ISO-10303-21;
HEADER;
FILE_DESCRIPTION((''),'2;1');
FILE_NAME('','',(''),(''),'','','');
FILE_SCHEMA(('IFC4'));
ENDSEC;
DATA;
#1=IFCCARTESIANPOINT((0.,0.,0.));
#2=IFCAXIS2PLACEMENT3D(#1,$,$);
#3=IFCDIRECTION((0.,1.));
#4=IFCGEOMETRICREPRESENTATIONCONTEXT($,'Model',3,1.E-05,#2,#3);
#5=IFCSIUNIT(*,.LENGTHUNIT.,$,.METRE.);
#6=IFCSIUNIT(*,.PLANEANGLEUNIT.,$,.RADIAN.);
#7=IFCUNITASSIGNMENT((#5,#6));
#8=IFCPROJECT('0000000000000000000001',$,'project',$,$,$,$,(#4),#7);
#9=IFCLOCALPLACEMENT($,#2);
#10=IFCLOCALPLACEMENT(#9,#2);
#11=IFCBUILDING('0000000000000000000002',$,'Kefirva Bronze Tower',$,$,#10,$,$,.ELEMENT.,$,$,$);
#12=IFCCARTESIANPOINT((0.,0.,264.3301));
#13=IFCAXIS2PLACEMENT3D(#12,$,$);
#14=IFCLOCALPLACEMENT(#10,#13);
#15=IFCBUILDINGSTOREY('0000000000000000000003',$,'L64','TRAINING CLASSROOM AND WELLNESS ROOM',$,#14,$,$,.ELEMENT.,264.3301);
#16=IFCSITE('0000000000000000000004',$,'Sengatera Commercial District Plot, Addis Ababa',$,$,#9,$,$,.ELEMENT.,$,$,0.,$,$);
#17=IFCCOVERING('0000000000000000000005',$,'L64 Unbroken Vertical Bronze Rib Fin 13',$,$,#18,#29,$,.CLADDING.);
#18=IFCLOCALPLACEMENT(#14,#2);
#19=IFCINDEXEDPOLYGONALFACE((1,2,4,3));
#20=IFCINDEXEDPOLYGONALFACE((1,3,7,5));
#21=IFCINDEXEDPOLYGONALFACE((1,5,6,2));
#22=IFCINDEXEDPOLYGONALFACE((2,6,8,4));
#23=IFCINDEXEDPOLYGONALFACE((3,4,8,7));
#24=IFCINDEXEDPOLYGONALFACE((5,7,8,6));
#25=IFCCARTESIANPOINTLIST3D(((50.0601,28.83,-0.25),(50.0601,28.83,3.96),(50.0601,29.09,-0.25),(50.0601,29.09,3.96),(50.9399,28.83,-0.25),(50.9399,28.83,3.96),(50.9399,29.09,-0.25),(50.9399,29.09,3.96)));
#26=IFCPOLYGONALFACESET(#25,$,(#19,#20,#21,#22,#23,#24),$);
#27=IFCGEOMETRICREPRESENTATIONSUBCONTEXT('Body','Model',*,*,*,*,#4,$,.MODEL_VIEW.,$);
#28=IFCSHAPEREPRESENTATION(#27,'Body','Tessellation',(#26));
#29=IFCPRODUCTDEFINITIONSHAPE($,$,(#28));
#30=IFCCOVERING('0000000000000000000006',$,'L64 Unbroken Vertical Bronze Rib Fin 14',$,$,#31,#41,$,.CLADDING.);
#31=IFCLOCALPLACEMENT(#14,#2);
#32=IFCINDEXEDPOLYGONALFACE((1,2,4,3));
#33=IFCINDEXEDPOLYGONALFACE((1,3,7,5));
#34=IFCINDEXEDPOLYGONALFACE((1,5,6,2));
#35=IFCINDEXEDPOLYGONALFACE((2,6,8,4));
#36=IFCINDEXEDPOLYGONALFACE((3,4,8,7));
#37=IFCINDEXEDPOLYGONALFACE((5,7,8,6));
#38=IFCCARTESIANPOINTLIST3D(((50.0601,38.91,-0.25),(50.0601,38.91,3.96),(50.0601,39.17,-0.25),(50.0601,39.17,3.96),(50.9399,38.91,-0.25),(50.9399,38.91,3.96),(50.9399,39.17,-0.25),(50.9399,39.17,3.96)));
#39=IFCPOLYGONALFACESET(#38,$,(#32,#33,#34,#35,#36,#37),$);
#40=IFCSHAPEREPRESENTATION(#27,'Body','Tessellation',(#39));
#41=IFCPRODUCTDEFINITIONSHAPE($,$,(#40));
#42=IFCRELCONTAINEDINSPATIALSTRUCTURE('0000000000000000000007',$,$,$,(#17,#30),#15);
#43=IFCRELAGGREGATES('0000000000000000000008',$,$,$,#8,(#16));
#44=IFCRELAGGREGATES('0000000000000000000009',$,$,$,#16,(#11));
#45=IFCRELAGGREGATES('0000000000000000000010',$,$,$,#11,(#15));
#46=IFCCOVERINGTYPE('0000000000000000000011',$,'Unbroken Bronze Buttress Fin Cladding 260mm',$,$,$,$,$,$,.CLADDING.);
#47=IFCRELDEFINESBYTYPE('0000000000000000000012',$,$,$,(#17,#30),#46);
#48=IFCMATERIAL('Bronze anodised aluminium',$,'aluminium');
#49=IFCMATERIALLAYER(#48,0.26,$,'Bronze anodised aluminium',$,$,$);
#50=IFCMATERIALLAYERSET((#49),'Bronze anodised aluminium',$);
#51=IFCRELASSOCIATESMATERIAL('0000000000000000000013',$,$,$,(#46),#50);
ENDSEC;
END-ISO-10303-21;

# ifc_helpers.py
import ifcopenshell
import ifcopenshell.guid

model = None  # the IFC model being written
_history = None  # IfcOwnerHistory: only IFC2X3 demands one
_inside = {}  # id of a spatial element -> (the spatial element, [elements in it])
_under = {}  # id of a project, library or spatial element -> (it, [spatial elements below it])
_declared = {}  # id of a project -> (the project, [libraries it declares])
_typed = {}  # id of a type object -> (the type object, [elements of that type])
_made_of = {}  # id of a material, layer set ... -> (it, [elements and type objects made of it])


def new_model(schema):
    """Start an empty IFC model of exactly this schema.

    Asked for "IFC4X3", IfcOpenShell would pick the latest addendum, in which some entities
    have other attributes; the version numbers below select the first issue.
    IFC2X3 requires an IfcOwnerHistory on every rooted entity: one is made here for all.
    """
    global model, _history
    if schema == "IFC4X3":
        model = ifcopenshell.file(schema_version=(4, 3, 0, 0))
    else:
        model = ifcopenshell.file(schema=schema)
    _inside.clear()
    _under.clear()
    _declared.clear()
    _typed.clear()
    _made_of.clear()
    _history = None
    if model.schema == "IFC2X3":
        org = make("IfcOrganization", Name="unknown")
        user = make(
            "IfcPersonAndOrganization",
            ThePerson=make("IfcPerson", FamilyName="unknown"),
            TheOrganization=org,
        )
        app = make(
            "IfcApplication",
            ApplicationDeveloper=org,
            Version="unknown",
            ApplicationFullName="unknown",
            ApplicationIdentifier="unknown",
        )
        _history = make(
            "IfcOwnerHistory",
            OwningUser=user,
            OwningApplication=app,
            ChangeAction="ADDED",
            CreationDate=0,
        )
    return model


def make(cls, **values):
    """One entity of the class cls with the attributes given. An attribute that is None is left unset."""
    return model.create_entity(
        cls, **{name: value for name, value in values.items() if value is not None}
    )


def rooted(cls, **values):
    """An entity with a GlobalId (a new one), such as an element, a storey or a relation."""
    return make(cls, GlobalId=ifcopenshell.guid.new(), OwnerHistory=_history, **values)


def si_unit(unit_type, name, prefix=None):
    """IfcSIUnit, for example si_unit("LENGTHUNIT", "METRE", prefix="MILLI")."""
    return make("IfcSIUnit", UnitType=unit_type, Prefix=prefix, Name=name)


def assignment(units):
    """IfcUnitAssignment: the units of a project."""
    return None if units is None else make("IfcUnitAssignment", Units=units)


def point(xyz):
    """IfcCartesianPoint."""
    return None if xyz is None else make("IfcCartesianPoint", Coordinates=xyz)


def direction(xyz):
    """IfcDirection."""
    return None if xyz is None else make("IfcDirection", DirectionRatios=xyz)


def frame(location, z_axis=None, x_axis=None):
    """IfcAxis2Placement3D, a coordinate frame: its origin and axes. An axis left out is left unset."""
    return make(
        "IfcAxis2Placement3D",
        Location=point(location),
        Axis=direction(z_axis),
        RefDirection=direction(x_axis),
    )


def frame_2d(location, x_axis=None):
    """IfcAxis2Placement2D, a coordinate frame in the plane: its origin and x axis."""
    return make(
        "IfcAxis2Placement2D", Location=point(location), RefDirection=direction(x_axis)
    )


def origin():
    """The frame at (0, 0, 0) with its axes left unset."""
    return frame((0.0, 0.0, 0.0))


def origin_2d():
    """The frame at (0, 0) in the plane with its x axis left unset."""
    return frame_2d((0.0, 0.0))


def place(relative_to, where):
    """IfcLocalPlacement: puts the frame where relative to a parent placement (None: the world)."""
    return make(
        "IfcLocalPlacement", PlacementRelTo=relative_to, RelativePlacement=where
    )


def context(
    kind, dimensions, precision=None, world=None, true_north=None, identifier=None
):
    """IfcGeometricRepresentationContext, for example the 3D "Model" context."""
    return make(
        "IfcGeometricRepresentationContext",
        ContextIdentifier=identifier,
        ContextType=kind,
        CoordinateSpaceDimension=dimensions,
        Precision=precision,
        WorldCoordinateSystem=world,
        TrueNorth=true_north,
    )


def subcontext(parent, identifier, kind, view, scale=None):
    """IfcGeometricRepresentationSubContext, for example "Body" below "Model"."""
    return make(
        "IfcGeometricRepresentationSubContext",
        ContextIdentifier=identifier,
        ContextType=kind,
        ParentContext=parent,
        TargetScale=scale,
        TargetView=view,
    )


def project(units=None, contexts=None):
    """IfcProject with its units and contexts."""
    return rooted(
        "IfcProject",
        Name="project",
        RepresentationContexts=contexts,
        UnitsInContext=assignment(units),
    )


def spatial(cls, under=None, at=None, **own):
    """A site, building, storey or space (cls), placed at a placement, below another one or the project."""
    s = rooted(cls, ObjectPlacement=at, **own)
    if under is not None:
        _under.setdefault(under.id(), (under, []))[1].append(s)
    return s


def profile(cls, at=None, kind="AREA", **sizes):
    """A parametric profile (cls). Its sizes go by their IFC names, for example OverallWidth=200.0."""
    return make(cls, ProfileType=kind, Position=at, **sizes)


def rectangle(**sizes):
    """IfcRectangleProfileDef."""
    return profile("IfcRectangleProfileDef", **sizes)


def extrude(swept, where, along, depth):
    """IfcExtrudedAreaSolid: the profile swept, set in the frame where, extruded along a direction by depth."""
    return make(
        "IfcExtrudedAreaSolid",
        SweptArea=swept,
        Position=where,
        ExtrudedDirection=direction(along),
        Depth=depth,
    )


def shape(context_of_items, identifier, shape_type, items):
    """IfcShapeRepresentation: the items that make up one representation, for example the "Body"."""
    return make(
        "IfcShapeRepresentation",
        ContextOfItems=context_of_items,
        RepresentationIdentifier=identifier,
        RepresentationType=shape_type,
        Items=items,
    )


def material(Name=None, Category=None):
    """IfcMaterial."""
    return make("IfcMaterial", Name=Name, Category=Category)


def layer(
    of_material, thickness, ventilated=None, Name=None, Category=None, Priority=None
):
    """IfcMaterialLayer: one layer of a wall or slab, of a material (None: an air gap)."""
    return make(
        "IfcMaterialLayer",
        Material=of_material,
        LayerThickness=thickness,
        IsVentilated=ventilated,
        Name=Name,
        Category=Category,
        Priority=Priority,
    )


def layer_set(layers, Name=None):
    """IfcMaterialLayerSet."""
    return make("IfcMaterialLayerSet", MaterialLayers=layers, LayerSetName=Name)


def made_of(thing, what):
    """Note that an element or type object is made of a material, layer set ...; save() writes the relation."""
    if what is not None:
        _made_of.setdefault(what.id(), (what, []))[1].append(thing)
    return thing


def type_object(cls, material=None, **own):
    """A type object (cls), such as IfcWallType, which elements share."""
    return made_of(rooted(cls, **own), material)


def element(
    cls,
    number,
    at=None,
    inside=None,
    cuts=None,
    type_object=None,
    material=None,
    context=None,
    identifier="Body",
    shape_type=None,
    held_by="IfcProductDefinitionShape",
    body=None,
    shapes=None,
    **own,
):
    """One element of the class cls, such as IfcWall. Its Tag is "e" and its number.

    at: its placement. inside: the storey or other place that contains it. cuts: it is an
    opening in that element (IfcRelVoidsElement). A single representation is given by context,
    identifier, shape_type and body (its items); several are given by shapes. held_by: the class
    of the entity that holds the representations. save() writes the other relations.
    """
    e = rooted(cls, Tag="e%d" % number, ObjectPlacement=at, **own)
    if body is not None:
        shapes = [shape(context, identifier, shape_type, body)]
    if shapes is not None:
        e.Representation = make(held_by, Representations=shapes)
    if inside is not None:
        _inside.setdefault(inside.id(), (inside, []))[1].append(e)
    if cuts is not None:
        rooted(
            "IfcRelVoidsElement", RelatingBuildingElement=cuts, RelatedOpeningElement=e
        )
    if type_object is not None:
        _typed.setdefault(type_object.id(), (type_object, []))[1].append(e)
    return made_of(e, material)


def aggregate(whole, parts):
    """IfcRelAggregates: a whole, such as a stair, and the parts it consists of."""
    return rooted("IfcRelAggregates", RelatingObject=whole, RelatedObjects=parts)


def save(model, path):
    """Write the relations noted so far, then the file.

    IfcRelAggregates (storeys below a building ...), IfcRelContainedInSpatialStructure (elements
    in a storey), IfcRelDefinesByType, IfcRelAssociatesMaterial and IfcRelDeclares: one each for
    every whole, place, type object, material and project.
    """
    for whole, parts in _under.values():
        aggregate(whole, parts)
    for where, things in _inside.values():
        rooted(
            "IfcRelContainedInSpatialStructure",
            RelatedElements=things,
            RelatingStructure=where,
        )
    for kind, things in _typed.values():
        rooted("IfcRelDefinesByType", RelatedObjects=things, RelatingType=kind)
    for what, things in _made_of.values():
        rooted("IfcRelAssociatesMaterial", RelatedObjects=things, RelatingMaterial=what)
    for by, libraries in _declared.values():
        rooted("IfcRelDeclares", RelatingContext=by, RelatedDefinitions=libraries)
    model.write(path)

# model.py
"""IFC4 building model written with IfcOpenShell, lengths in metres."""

from ifc_helpers import new_model, si_unit, direction, frame, origin, origin_2d, place, context, subcontext, project, spatial, rectangle, extrude, material, layer, layer_set, type_object, element, save


model = new_model("IFC4")

# Units and contexts
model_context = context("Model", 3, precision=1e-05, world=origin(), true_north=direction((0.0, 1.0)))
body_context = subcontext(model_context, "Body", "Model", "MODEL_VIEW")
ifc_project = project(units=[si_unit("LENGTHUNIT", "METRE"), si_unit("PLANEANGLEUNIT", "RADIAN")], contexts=[model_context])

# Site, building, storey
site_placement = place(None, origin())
site = spatial("IfcSite", under=ifc_project, at=site_placement, Name="Sengatera Commercial District Plot, Addis Ababa", CompositionType="ELEMENT", RefElevation=0.0)
building_placement = place(site_placement, origin())
building = spatial("IfcBuilding", under=site, at=building_placement, Name="Kefirva Bronze Tower", CompositionType="ELEMENT")
storey_placement = place(building_placement, frame((0.0, 0.0, 264.3301)))
storey = spatial("IfcBuildingStorey", under=building, at=storey_placement, Name="L64", Description="TRAINING CLASSROOM AND WELLNESS ROOM", CompositionType="ELEMENT", Elevation=264.3301)

# Shared definitions
ifc_material_1 = material(Name="Bronze anodised aluminium", Category="aluminium")

# Coverings
ifc_layer_1 = layer(ifc_material_1, 0.26, Name="Bronze anodised aluminium")
ifc_layer_set_1 = layer_set([ifc_layer_1], Name="Bronze anodised aluminium")
covering_type_1 = type_object("IfcCoveringType", Name="Unbroken Bronze Buttress Fin Cladding 260mm", PredefinedType="CLADDING", material=ifc_layer_set_1)
for number, where, z_axis, x_axis, name in (
    (1, (50.5, 28.96, -0.25), (0.0, 0.0, 1.0), (0.0, 1.0, 0.0), "L64 Unbroken Vertical Bronze Rib Fin 13"),
    (2, (50.5, 39.04, -0.25), (0.0, 0.0, 1.0), (0.0, 1.0, 0.0), "L64 Unbroken Vertical Bronze Rib Fin 14"),
):
    element("IfcCovering", number, at=place(storey_placement, frame(where, z_axis=z_axis, x_axis=x_axis)), inside=storey, type_object=covering_type_1, Name=name, PredefinedType="CLADDING", context=body_context, shape_type="SweptSolid", body=[
        extrude(rectangle(XDim=0.26, YDim=0.8799, at=origin_2d()), origin(), (0.0, 0.0, 1.0), 4.21),
    ])

save(model, "model.ifc")
